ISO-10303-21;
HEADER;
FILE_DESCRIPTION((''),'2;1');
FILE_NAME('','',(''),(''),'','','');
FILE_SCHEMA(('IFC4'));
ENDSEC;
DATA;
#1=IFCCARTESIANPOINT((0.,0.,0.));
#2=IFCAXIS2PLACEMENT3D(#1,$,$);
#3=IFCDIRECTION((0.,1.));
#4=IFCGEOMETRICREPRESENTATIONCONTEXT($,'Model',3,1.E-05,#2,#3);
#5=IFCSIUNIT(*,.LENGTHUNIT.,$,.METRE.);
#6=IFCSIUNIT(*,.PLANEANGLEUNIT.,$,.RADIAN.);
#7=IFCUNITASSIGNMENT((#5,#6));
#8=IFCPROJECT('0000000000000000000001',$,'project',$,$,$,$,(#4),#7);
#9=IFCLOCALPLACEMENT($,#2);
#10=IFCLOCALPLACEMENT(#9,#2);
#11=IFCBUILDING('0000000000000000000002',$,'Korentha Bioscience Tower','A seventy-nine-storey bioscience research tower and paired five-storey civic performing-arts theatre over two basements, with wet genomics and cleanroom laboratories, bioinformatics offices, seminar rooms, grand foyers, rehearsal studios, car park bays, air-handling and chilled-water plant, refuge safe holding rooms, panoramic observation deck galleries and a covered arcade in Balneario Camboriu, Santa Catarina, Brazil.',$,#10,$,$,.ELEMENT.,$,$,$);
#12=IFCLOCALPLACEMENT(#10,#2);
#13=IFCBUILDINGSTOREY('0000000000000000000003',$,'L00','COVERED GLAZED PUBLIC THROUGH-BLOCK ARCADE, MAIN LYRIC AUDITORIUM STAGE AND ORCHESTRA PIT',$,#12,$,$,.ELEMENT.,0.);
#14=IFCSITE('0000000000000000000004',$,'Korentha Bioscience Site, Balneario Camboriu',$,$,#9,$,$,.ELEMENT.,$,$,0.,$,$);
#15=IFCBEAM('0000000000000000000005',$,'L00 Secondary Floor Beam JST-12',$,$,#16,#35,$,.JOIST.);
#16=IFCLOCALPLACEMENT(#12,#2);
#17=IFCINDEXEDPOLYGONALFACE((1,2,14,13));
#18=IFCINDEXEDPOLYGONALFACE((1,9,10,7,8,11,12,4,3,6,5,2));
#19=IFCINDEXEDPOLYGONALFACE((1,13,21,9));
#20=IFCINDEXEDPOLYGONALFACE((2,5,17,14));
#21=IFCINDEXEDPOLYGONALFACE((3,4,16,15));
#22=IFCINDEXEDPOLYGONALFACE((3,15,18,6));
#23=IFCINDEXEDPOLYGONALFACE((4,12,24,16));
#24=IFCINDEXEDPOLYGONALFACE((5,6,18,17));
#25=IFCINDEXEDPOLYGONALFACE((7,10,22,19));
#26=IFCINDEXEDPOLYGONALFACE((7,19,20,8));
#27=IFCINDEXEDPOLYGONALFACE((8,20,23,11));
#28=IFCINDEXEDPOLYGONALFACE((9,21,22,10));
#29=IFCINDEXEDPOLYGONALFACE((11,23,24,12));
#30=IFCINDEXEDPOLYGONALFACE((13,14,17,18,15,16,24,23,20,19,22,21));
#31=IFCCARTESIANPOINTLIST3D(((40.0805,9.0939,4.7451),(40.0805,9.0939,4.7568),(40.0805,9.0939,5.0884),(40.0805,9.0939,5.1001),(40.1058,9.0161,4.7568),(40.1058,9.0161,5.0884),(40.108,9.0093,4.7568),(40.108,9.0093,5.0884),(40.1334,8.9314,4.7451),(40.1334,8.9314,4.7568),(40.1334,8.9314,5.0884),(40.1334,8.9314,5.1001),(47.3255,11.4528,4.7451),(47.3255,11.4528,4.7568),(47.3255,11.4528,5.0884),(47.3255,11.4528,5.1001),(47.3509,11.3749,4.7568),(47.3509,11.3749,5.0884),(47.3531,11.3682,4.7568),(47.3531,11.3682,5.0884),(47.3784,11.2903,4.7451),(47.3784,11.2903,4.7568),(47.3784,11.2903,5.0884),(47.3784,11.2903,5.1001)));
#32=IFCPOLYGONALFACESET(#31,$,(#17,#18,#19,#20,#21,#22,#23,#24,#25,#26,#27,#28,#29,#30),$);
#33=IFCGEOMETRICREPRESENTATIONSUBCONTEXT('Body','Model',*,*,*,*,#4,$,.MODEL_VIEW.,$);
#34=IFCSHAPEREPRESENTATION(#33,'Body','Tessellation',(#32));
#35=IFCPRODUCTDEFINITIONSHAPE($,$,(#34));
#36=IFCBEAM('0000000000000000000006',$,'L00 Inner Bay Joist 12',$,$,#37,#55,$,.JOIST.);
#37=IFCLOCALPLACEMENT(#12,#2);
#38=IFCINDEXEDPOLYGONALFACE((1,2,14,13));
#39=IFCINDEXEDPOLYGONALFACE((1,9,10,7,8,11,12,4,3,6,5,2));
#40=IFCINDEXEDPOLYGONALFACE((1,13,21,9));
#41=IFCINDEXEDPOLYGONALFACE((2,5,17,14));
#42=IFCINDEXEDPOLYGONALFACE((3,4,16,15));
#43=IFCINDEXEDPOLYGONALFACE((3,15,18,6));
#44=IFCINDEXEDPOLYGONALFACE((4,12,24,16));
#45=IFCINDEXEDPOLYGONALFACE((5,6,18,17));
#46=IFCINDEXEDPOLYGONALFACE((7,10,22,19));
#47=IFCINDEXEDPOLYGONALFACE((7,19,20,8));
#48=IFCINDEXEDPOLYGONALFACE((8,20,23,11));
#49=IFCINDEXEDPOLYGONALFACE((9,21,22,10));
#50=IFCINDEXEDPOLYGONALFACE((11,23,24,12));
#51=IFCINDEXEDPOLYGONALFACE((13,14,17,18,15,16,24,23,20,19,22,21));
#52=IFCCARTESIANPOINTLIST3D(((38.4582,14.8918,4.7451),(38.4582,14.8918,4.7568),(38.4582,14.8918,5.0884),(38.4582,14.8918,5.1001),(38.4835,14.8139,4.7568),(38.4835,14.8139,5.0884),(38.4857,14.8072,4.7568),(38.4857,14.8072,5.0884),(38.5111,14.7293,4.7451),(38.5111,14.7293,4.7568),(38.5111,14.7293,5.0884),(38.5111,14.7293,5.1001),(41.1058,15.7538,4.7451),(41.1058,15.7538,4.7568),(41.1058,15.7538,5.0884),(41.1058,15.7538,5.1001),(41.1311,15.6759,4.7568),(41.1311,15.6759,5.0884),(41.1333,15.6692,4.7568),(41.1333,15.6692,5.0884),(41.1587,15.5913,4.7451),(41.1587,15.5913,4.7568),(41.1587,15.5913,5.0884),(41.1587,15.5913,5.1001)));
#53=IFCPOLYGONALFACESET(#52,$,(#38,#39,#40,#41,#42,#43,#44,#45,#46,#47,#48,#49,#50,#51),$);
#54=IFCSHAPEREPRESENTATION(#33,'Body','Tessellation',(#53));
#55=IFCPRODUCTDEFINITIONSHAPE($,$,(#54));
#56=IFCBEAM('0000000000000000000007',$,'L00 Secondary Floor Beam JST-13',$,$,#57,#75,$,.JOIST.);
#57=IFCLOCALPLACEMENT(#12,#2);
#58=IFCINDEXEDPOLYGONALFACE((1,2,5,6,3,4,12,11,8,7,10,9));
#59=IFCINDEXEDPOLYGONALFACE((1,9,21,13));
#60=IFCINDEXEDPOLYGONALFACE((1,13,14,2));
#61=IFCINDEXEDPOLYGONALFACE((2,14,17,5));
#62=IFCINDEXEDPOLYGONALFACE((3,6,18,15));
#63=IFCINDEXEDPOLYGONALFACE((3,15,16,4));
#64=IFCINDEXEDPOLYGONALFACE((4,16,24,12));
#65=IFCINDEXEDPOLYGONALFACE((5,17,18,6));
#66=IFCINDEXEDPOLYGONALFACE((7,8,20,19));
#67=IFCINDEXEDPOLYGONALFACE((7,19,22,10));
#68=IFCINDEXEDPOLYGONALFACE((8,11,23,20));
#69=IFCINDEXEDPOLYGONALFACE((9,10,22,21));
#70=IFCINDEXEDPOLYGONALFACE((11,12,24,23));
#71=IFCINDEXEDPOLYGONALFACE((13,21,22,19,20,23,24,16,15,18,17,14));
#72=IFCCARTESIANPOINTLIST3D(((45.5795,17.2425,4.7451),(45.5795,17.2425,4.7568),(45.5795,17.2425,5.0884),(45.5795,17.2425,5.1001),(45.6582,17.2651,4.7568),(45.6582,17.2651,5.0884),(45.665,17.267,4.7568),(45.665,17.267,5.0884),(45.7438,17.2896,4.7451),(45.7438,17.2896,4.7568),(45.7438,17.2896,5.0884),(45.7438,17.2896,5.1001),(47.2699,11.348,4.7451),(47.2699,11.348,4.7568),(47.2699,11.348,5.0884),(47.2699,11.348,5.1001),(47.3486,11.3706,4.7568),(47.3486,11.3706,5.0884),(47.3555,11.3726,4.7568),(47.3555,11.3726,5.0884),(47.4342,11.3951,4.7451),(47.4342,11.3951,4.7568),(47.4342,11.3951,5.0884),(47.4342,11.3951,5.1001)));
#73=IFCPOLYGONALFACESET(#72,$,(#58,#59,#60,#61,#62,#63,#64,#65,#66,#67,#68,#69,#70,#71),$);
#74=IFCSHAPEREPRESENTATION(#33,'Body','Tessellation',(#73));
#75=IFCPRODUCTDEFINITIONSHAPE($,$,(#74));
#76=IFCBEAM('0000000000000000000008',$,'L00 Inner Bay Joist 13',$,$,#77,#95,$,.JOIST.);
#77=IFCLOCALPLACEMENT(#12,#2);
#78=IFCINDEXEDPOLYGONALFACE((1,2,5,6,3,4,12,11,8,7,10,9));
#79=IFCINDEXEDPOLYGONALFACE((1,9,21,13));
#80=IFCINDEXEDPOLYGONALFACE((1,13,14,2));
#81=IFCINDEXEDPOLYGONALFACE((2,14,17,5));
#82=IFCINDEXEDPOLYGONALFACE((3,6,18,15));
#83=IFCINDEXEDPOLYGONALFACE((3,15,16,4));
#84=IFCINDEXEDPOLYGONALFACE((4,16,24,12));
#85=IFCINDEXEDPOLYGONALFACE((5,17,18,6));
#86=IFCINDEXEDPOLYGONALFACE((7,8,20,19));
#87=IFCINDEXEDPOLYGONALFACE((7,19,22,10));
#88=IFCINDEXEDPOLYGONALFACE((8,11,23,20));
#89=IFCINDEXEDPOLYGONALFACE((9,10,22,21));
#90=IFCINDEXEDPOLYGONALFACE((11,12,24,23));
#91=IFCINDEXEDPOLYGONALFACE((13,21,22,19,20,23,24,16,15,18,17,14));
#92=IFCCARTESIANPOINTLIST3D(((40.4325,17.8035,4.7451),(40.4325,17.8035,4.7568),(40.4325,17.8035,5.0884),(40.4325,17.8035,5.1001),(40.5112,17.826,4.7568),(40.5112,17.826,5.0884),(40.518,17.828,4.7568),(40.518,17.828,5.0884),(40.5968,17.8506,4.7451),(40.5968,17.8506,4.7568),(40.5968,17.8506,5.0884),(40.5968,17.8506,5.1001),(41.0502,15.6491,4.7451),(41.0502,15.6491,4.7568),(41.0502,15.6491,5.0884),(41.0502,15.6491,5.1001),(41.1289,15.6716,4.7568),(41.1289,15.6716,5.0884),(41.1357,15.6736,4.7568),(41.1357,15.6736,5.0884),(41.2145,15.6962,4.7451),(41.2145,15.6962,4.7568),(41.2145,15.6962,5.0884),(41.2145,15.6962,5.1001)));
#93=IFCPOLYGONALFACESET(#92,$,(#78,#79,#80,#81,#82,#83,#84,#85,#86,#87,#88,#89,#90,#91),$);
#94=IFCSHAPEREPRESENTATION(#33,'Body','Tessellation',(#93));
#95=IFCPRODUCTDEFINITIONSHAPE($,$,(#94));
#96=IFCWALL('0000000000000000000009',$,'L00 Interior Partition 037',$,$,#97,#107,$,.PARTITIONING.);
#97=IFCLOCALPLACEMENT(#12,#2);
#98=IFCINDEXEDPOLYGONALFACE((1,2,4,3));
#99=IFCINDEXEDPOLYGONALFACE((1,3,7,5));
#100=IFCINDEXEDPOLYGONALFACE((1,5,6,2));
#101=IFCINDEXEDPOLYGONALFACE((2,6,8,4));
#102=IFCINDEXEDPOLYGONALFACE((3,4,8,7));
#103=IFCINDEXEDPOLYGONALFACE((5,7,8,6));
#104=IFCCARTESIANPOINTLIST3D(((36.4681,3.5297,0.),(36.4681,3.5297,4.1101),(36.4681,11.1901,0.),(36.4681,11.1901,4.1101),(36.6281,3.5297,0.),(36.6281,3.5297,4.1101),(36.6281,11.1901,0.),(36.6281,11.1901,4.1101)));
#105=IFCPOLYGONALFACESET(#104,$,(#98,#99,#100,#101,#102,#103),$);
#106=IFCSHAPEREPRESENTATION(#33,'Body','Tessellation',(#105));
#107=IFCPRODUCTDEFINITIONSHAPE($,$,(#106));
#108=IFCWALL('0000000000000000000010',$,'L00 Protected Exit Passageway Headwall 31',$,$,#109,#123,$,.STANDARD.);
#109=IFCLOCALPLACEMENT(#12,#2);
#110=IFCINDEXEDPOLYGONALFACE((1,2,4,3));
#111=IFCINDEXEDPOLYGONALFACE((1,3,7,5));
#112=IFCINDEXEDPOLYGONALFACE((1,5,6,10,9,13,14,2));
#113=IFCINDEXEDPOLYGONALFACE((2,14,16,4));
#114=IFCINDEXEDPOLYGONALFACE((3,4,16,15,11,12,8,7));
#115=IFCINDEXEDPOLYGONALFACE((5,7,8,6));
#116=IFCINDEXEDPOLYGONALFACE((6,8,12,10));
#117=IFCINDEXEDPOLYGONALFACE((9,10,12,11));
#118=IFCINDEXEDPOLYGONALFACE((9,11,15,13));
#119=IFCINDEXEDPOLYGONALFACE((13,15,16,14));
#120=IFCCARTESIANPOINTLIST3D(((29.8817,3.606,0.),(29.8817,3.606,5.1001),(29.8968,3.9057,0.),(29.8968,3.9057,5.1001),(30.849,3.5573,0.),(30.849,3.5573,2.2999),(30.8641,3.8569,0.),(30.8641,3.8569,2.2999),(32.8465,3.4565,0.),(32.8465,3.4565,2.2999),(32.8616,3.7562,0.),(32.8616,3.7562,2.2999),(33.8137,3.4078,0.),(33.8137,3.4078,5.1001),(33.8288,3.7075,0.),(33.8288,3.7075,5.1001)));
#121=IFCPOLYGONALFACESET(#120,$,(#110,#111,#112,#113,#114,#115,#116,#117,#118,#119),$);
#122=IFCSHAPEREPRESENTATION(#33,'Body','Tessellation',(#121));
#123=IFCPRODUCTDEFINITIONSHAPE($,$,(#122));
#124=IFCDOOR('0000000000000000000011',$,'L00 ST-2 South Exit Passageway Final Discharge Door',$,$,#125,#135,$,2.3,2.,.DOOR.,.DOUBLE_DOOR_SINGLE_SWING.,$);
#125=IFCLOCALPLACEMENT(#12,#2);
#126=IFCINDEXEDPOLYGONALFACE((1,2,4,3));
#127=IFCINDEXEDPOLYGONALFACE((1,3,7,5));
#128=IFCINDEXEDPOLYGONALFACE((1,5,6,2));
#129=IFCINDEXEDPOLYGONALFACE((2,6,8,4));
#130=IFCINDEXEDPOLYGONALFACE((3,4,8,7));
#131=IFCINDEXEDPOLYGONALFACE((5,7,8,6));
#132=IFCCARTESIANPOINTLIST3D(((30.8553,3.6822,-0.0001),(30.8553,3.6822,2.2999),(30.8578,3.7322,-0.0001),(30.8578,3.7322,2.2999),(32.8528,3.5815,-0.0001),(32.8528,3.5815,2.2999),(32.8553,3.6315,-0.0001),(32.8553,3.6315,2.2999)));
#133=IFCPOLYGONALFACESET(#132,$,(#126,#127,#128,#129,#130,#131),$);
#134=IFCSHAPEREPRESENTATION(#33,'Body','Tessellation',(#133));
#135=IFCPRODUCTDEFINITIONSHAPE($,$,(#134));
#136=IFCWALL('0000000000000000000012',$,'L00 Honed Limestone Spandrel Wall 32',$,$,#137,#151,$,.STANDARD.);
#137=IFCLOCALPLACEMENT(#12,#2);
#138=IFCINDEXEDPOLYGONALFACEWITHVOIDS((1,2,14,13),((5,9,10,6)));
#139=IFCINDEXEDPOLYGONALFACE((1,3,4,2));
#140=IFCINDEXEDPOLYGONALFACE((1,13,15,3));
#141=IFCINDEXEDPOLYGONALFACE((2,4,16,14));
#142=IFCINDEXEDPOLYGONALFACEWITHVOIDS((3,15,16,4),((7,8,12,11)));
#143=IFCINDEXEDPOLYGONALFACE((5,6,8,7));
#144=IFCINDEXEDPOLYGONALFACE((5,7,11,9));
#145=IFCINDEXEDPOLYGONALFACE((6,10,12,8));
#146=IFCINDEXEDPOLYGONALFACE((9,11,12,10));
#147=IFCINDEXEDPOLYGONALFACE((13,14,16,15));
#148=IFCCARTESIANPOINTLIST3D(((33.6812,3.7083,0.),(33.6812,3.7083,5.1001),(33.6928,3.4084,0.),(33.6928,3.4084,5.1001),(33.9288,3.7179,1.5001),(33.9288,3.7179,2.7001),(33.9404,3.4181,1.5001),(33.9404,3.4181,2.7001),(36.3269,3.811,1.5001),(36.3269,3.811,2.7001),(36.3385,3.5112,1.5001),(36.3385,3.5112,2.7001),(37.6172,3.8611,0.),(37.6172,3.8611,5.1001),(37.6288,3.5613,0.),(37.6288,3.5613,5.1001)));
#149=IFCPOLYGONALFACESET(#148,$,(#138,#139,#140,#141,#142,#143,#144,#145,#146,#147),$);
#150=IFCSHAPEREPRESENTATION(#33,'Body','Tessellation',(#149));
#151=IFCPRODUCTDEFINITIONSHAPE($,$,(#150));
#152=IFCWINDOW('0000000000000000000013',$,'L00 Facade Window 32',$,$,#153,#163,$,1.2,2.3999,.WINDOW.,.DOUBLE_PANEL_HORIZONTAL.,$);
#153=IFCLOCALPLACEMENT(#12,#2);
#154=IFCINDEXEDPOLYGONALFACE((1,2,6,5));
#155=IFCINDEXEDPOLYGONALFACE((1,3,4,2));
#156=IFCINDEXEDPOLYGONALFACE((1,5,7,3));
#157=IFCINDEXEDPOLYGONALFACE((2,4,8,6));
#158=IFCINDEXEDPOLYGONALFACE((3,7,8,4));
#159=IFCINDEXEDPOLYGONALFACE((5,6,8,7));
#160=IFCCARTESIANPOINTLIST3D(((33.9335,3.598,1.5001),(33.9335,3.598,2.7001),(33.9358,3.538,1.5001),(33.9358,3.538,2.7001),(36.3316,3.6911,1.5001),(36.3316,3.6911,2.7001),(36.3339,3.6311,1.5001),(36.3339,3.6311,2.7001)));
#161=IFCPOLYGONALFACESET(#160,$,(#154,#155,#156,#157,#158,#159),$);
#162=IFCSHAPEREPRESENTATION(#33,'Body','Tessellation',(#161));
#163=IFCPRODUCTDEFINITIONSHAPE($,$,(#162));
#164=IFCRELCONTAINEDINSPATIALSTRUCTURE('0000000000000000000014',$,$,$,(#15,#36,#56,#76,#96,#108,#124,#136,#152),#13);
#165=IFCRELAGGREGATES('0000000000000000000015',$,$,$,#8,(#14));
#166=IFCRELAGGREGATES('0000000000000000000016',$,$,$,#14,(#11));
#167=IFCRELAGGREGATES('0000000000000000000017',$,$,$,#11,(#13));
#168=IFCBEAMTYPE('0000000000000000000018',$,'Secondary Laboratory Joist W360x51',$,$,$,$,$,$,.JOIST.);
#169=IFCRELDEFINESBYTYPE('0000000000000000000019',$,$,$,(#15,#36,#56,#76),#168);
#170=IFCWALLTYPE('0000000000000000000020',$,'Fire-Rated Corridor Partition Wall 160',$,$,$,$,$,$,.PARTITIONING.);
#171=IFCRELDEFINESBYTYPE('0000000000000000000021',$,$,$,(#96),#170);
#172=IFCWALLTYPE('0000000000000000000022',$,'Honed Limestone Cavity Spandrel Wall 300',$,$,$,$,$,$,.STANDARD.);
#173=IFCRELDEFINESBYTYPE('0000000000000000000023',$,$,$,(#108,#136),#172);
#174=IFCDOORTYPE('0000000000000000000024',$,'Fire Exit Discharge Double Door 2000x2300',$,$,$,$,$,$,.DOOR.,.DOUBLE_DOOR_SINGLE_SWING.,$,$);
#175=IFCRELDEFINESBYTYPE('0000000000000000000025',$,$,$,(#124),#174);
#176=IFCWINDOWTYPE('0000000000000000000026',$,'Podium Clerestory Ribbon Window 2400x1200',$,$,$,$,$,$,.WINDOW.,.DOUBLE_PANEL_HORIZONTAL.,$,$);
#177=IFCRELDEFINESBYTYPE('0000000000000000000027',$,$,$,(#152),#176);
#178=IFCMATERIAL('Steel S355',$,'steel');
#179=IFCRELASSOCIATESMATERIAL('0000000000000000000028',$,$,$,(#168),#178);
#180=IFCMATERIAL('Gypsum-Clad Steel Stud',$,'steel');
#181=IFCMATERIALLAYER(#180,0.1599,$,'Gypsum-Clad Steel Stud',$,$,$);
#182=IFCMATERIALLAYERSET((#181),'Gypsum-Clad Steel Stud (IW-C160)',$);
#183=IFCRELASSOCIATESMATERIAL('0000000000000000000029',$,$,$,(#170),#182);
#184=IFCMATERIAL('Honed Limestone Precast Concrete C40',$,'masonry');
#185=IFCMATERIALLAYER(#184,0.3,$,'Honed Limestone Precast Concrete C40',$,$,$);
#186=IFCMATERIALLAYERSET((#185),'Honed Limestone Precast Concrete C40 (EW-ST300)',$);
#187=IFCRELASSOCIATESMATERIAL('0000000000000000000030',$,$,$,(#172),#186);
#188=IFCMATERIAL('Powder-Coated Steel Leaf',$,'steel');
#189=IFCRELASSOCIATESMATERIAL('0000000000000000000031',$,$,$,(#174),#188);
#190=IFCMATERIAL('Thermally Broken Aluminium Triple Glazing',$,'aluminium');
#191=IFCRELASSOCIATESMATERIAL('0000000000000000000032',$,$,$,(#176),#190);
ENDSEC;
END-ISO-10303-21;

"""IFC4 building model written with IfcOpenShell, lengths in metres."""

from ifc_helpers import new_model, si_unit, direction, frame, frame_2d, origin, origin_2d, place, context, subcontext, project, spatial, rectangle, i_section, extrude, material, layer, layer_set, material_profile, profile_set, type_object, element, fill, save


model = new_model("IFC4")

# Units and contexts
model_context = context("Model", 3, precision=1e-05, world=origin(), true_north=direction((0.0, 1.0)))
body_context = subcontext(model_context, "Body", "Model", "MODEL_VIEW")
ifc_project = project(units=[si_unit("LENGTHUNIT", "METRE"), si_unit("PLANEANGLEUNIT", "RADIAN")], contexts=[model_context])

# Site, building, storey
site_placement = place(None, origin())
site = spatial("IfcSite", under=ifc_project, at=site_placement, Name="Korentha Bioscience Site, Balneario Camboriu", CompositionType="ELEMENT", RefElevation=0.0)
building_placement = place(site_placement, origin())
building = spatial("IfcBuilding", under=site, at=building_placement, Name="Korentha Bioscience Tower", Description="A seventy-nine-storey bioscience research tower and paired five-storey civic performing-arts theatre over two basements, with wet genomics and cleanroom laboratories, bioinformatics offices, seminar rooms, grand foyers, rehearsal studios, car park bays, air-handling and chilled-water plant, refuge safe holding rooms, panoramic observation deck galleries and a covered arcade in Balneario Camboriu, Santa Catarina, Brazil.", CompositionType="ELEMENT")
storey_placement = place(building_placement, origin())
storey = spatial("IfcBuildingStorey", under=building, at=storey_placement, Name="L00", Description="COVERED GLAZED PUBLIC THROUGH-BLOCK ARCADE, MAIN LYRIC AUDITORIUM STAGE AND ORCHESTRA PIT", CompositionType="ELEMENT", Elevation=0.0)

# Beams
ifc_material_1 = material(Name="Steel S355", Category="steel")
ifc_material_profile_1 = material_profile(ifc_material_1, i_section(OverallWidth=0.1709, OverallDepth=0.355, WebThickness=0.0071, FlangeThickness=0.0117, at=origin_2d()), Name="Steel S355")
ifc_profile_set_1 = profile_set([ifc_material_profile_1], Name="Steel S355 (JB-360)")
beam_type_1 = type_object("IfcBeamType", Name="Secondary Laboratory Joist W360x51", PredefinedType="JOIST", material=ifc_profile_set_1)
beam_1_placement = place(storey_placement, frame((40.1069, 9.0127, 4.9226), z_axis=(0.950871, 0.309587, 0.0), x_axis=(-0.309587, 0.950871, 0.0)))
element("IfcBeam", 1, at=beam_1_placement, inside=storey, type_object=beam_type_1, Name="L00 Secondary Floor Beam JST-12", PredefinedType="JOIST", context=body_context, shape_type="SweptSolid", body=[
    extrude(i_section(OverallWidth=0.1709, OverallDepth=0.355, WebThickness=0.0071, FlangeThickness=0.0117, at=origin_2d()), origin(), (0.0, 0.0, 1.0), 7.6194),
])
beam_2_placement = place(storey_placement, frame((38.4846, 14.8105, 4.9226), z_axis=(0.95087, 0.309592, 0.0), x_axis=(-0.309592, 0.95087, 0.0)))
element("IfcBeam", 2, at=beam_2_placement, inside=storey, type_object=beam_type_1, Name="L00 Inner Bay Joist 12", PredefinedType="JOIST", context=body_context, shape_type="SweptSolid", body=[
    extrude(i_section(OverallWidth=0.1709, OverallDepth=0.355, WebThickness=0.0071, FlangeThickness=0.0117, at=origin_2d()), origin(), (0.0, 0.0, 1.0), 2.7844),
])
beam_3_placement = place(storey_placement, frame((47.3521, 11.3716, 4.9226), z_axis=(-0.275668, 0.961253, 0.0), x_axis=(-0.961253, -0.275668, 0.0)))
element("IfcBeam", 3, at=beam_3_placement, inside=storey, type_object=beam_type_1, Name="L00 Secondary Floor Beam JST-13", PredefinedType="JOIST", context=body_context, shape_type="SweptSolid", body=[
    extrude(i_section(OverallWidth=0.1709, OverallDepth=0.355, WebThickness=0.0071, FlangeThickness=0.0117, at=origin_2d()), origin(), (0.0, 0.0, 1.0), 6.1321),
])
beam_4_placement = place(storey_placement, frame((41.1323, 15.6726, 4.9226), z_axis=(-0.275613, 0.961269, 0.0), x_axis=(-0.961269, -0.275613, 0.0)))
element("IfcBeam", 4, at=beam_4_placement, inside=storey, type_object=beam_type_1, Name="L00 Inner Bay Joist 13", PredefinedType="JOIST", context=body_context, shape_type="SweptSolid", body=[
    extrude(i_section(OverallWidth=0.1709, OverallDepth=0.355, WebThickness=0.0071, FlangeThickness=0.0117, at=origin_2d()), origin(), (0.0, 0.0, 1.0), 2.2412),
])

# Wall
ifc_material_2 = material(Name="Gypsum-Clad Steel Stud", Category="steel")
ifc_layer_1 = layer(ifc_material_2, 0.1599, Name="Gypsum-Clad Steel Stud")
ifc_layer_set_1 = layer_set([ifc_layer_1], Name="Gypsum-Clad Steel Stud (IW-C160)")
wall_type_1 = type_object("IfcWallType", Name="Fire-Rated Corridor Partition Wall 160", PredefinedType="PARTITIONING", material=ifc_layer_set_1)
wall_1_placement = place(storey_placement, frame((36.5481, 11.1899, 0.0), z_axis=(0.0, 0.0, 1.0), x_axis=(0.0, -1.0, 0.0)))
element("IfcWall", 5, at=wall_1_placement, inside=storey, type_object=wall_type_1, Name="L00 Interior Partition 037", PredefinedType="PARTITIONING", context=body_context, shape_type="SweptSolid", body=[
    extrude(rectangle(XDim=7.6604, YDim=0.1599, at=frame_2d((3.8301, 0.0))), origin(), (0.0, 0.0, 1.0), 4.1101),
])

# Wall, opening, door
ifc_material_3 = material(Name="Honed Limestone Precast Concrete C40", Category="masonry")
ifc_layer_2 = layer(ifc_material_3, 0.3, Name="Honed Limestone Precast Concrete C40")
ifc_layer_set_2 = layer_set([ifc_layer_2], Name="Honed Limestone Precast Concrete C40 (EW-ST300)")
wall_type_2 = type_object("IfcWallType", Name="Honed Limestone Cavity Spandrel Wall 300", PredefinedType="STANDARD", material=ifc_layer_set_2)
wall_2_placement = place(storey_placement, frame((33.8213, 3.5576, 0.0), z_axis=(0.0, 0.0, 1.0), x_axis=(-0.998732, 0.050352, 0.0)))
wall_2 = element("IfcWall", 6, at=wall_2_placement, inside=storey, type_object=wall_type_2, Name="L00 Protected Exit Passageway Headwall 31", PredefinedType="STANDARD", context=body_context, shape_type="SweptSolid", body=[
    extrude(rectangle(XDim=3.937, YDim=0.3, at=frame_2d((1.9685, 0.0))), origin(), (0.0, 0.0, 1.0), 5.1001),
])
opening_1_placement = place(wall_2_placement, frame((0.9685, 0.0, 0.0)))
opening_1 = element("IfcOpeningElement", 7, at=opening_1_placement, cuts=wall_2, PredefinedType="OPENING", context=body_context, shape_type="SweptSolid", body=[
    extrude(rectangle(XDim=2.0, YDim=2.3, at=frame_2d((1.0, 1.1499))), frame((0.0, 0.165, 0.0), z_axis=(0.0, -1.0, 0.0), x_axis=(1.0, 0.0, 0.0)), (0.0, 0.0, 1.0), 0.3298),
])
ifc_material_4 = material(Name="Powder-Coated Steel Leaf", Category="steel")
door_type_1 = type_object("IfcDoorType", Name="Fire Exit Discharge Double Door 2000x2300", OperationType="DOUBLE_DOOR_SINGLE_SWING", PredefinedType="DOOR", material=ifc_material_4)
door_1_placement = place(opening_1_placement, origin())
door_1 = element("IfcDoor", 8, at=door_1_placement, inside=storey, type_object=door_type_1, Name="L00 ST-2 South Exit Passageway Final Discharge Door", OperationType="DOUBLE_DOOR_SINGLE_SWING", OverallHeight=2.3, OverallWidth=2.0, PredefinedType="DOOR", context=body_context, shape_type="SweptSolid", body=[
    extrude(rectangle(XDim=2.0, YDim=2.3, at=frame_2d((1.0, 1.1499))), frame((0.0, 0.0249, 0.0), z_axis=(0.0, -1.0, 0.0), x_axis=(1.0, 0.0, 0.0)), (0.0, 0.0, 1.0), 0.05),
])
fill(opening_1, door_1)

# Wall, opening, window
wall_3_placement = place(storey_placement, frame((33.687, 3.5583, 0.0), z_axis=(0.0, 0.0, 1.0), x_axis=(0.999247, 0.0388, 0.0)))
wall_3 = element("IfcWall", 9, at=wall_3_placement, inside=storey, type_object=wall_type_2, Name="L00 Honed Limestone Spandrel Wall 32", PredefinedType="STANDARD", context=body_context, shape_type="SweptSolid", body=[
    extrude(rectangle(XDim=3.939, YDim=0.3, at=frame_2d((1.9695, 0.0))), origin(), (0.0, 0.0, 1.0), 5.1001),
])
opening_2_placement = place(wall_3_placement, frame((0.2478, 0.0, 1.5)))
opening_2 = element("IfcOpeningElement", 10, at=opening_2_placement, cuts=wall_3, PredefinedType="OPENING", context=body_context, shape_type="SweptSolid", body=[
    extrude(rectangle(XDim=2.3999, YDim=1.2, at=frame_2d((1.2, 0.6001))), frame((0.0, 0.165, 0.0), z_axis=(0.0, -1.0, 0.0), x_axis=(1.0, 0.0, 0.0)), (0.0, 0.0, 1.0), 0.3298),
])
ifc_material_5 = material(Name="Thermally Broken Aluminium Triple Glazing", Category="aluminium")
window_type = type_object("IfcWindowType", Name="Podium Clerestory Ribbon Window 2400x1200", PartitioningType="DOUBLE_PANEL_HORIZONTAL", PredefinedType="WINDOW", material=ifc_material_5)
window_1_placement = place(opening_2_placement, origin())
window_1 = element("IfcWindow", 11, at=window_1_placement, inside=storey, type_object=window_type, Name="L00 Facade Window 32", OverallHeight=1.2, OverallWidth=2.3999, PartitioningType="DOUBLE_PANEL_HORIZONTAL", PredefinedType="WINDOW", context=body_context, shape_type="SweptSolid", body=[
    extrude(rectangle(XDim=2.3999, YDim=1.2, at=frame_2d((1.2, 0.6001))), frame((0.0, 0.03, 0.0), z_axis=(0.0, -1.0, 0.0), x_axis=(1.0, 0.0, 0.0)), (0.0, 0.0, 1.0), 0.0601),
])
fill(opening_2, window_1)

save(model, "model.ifc")
